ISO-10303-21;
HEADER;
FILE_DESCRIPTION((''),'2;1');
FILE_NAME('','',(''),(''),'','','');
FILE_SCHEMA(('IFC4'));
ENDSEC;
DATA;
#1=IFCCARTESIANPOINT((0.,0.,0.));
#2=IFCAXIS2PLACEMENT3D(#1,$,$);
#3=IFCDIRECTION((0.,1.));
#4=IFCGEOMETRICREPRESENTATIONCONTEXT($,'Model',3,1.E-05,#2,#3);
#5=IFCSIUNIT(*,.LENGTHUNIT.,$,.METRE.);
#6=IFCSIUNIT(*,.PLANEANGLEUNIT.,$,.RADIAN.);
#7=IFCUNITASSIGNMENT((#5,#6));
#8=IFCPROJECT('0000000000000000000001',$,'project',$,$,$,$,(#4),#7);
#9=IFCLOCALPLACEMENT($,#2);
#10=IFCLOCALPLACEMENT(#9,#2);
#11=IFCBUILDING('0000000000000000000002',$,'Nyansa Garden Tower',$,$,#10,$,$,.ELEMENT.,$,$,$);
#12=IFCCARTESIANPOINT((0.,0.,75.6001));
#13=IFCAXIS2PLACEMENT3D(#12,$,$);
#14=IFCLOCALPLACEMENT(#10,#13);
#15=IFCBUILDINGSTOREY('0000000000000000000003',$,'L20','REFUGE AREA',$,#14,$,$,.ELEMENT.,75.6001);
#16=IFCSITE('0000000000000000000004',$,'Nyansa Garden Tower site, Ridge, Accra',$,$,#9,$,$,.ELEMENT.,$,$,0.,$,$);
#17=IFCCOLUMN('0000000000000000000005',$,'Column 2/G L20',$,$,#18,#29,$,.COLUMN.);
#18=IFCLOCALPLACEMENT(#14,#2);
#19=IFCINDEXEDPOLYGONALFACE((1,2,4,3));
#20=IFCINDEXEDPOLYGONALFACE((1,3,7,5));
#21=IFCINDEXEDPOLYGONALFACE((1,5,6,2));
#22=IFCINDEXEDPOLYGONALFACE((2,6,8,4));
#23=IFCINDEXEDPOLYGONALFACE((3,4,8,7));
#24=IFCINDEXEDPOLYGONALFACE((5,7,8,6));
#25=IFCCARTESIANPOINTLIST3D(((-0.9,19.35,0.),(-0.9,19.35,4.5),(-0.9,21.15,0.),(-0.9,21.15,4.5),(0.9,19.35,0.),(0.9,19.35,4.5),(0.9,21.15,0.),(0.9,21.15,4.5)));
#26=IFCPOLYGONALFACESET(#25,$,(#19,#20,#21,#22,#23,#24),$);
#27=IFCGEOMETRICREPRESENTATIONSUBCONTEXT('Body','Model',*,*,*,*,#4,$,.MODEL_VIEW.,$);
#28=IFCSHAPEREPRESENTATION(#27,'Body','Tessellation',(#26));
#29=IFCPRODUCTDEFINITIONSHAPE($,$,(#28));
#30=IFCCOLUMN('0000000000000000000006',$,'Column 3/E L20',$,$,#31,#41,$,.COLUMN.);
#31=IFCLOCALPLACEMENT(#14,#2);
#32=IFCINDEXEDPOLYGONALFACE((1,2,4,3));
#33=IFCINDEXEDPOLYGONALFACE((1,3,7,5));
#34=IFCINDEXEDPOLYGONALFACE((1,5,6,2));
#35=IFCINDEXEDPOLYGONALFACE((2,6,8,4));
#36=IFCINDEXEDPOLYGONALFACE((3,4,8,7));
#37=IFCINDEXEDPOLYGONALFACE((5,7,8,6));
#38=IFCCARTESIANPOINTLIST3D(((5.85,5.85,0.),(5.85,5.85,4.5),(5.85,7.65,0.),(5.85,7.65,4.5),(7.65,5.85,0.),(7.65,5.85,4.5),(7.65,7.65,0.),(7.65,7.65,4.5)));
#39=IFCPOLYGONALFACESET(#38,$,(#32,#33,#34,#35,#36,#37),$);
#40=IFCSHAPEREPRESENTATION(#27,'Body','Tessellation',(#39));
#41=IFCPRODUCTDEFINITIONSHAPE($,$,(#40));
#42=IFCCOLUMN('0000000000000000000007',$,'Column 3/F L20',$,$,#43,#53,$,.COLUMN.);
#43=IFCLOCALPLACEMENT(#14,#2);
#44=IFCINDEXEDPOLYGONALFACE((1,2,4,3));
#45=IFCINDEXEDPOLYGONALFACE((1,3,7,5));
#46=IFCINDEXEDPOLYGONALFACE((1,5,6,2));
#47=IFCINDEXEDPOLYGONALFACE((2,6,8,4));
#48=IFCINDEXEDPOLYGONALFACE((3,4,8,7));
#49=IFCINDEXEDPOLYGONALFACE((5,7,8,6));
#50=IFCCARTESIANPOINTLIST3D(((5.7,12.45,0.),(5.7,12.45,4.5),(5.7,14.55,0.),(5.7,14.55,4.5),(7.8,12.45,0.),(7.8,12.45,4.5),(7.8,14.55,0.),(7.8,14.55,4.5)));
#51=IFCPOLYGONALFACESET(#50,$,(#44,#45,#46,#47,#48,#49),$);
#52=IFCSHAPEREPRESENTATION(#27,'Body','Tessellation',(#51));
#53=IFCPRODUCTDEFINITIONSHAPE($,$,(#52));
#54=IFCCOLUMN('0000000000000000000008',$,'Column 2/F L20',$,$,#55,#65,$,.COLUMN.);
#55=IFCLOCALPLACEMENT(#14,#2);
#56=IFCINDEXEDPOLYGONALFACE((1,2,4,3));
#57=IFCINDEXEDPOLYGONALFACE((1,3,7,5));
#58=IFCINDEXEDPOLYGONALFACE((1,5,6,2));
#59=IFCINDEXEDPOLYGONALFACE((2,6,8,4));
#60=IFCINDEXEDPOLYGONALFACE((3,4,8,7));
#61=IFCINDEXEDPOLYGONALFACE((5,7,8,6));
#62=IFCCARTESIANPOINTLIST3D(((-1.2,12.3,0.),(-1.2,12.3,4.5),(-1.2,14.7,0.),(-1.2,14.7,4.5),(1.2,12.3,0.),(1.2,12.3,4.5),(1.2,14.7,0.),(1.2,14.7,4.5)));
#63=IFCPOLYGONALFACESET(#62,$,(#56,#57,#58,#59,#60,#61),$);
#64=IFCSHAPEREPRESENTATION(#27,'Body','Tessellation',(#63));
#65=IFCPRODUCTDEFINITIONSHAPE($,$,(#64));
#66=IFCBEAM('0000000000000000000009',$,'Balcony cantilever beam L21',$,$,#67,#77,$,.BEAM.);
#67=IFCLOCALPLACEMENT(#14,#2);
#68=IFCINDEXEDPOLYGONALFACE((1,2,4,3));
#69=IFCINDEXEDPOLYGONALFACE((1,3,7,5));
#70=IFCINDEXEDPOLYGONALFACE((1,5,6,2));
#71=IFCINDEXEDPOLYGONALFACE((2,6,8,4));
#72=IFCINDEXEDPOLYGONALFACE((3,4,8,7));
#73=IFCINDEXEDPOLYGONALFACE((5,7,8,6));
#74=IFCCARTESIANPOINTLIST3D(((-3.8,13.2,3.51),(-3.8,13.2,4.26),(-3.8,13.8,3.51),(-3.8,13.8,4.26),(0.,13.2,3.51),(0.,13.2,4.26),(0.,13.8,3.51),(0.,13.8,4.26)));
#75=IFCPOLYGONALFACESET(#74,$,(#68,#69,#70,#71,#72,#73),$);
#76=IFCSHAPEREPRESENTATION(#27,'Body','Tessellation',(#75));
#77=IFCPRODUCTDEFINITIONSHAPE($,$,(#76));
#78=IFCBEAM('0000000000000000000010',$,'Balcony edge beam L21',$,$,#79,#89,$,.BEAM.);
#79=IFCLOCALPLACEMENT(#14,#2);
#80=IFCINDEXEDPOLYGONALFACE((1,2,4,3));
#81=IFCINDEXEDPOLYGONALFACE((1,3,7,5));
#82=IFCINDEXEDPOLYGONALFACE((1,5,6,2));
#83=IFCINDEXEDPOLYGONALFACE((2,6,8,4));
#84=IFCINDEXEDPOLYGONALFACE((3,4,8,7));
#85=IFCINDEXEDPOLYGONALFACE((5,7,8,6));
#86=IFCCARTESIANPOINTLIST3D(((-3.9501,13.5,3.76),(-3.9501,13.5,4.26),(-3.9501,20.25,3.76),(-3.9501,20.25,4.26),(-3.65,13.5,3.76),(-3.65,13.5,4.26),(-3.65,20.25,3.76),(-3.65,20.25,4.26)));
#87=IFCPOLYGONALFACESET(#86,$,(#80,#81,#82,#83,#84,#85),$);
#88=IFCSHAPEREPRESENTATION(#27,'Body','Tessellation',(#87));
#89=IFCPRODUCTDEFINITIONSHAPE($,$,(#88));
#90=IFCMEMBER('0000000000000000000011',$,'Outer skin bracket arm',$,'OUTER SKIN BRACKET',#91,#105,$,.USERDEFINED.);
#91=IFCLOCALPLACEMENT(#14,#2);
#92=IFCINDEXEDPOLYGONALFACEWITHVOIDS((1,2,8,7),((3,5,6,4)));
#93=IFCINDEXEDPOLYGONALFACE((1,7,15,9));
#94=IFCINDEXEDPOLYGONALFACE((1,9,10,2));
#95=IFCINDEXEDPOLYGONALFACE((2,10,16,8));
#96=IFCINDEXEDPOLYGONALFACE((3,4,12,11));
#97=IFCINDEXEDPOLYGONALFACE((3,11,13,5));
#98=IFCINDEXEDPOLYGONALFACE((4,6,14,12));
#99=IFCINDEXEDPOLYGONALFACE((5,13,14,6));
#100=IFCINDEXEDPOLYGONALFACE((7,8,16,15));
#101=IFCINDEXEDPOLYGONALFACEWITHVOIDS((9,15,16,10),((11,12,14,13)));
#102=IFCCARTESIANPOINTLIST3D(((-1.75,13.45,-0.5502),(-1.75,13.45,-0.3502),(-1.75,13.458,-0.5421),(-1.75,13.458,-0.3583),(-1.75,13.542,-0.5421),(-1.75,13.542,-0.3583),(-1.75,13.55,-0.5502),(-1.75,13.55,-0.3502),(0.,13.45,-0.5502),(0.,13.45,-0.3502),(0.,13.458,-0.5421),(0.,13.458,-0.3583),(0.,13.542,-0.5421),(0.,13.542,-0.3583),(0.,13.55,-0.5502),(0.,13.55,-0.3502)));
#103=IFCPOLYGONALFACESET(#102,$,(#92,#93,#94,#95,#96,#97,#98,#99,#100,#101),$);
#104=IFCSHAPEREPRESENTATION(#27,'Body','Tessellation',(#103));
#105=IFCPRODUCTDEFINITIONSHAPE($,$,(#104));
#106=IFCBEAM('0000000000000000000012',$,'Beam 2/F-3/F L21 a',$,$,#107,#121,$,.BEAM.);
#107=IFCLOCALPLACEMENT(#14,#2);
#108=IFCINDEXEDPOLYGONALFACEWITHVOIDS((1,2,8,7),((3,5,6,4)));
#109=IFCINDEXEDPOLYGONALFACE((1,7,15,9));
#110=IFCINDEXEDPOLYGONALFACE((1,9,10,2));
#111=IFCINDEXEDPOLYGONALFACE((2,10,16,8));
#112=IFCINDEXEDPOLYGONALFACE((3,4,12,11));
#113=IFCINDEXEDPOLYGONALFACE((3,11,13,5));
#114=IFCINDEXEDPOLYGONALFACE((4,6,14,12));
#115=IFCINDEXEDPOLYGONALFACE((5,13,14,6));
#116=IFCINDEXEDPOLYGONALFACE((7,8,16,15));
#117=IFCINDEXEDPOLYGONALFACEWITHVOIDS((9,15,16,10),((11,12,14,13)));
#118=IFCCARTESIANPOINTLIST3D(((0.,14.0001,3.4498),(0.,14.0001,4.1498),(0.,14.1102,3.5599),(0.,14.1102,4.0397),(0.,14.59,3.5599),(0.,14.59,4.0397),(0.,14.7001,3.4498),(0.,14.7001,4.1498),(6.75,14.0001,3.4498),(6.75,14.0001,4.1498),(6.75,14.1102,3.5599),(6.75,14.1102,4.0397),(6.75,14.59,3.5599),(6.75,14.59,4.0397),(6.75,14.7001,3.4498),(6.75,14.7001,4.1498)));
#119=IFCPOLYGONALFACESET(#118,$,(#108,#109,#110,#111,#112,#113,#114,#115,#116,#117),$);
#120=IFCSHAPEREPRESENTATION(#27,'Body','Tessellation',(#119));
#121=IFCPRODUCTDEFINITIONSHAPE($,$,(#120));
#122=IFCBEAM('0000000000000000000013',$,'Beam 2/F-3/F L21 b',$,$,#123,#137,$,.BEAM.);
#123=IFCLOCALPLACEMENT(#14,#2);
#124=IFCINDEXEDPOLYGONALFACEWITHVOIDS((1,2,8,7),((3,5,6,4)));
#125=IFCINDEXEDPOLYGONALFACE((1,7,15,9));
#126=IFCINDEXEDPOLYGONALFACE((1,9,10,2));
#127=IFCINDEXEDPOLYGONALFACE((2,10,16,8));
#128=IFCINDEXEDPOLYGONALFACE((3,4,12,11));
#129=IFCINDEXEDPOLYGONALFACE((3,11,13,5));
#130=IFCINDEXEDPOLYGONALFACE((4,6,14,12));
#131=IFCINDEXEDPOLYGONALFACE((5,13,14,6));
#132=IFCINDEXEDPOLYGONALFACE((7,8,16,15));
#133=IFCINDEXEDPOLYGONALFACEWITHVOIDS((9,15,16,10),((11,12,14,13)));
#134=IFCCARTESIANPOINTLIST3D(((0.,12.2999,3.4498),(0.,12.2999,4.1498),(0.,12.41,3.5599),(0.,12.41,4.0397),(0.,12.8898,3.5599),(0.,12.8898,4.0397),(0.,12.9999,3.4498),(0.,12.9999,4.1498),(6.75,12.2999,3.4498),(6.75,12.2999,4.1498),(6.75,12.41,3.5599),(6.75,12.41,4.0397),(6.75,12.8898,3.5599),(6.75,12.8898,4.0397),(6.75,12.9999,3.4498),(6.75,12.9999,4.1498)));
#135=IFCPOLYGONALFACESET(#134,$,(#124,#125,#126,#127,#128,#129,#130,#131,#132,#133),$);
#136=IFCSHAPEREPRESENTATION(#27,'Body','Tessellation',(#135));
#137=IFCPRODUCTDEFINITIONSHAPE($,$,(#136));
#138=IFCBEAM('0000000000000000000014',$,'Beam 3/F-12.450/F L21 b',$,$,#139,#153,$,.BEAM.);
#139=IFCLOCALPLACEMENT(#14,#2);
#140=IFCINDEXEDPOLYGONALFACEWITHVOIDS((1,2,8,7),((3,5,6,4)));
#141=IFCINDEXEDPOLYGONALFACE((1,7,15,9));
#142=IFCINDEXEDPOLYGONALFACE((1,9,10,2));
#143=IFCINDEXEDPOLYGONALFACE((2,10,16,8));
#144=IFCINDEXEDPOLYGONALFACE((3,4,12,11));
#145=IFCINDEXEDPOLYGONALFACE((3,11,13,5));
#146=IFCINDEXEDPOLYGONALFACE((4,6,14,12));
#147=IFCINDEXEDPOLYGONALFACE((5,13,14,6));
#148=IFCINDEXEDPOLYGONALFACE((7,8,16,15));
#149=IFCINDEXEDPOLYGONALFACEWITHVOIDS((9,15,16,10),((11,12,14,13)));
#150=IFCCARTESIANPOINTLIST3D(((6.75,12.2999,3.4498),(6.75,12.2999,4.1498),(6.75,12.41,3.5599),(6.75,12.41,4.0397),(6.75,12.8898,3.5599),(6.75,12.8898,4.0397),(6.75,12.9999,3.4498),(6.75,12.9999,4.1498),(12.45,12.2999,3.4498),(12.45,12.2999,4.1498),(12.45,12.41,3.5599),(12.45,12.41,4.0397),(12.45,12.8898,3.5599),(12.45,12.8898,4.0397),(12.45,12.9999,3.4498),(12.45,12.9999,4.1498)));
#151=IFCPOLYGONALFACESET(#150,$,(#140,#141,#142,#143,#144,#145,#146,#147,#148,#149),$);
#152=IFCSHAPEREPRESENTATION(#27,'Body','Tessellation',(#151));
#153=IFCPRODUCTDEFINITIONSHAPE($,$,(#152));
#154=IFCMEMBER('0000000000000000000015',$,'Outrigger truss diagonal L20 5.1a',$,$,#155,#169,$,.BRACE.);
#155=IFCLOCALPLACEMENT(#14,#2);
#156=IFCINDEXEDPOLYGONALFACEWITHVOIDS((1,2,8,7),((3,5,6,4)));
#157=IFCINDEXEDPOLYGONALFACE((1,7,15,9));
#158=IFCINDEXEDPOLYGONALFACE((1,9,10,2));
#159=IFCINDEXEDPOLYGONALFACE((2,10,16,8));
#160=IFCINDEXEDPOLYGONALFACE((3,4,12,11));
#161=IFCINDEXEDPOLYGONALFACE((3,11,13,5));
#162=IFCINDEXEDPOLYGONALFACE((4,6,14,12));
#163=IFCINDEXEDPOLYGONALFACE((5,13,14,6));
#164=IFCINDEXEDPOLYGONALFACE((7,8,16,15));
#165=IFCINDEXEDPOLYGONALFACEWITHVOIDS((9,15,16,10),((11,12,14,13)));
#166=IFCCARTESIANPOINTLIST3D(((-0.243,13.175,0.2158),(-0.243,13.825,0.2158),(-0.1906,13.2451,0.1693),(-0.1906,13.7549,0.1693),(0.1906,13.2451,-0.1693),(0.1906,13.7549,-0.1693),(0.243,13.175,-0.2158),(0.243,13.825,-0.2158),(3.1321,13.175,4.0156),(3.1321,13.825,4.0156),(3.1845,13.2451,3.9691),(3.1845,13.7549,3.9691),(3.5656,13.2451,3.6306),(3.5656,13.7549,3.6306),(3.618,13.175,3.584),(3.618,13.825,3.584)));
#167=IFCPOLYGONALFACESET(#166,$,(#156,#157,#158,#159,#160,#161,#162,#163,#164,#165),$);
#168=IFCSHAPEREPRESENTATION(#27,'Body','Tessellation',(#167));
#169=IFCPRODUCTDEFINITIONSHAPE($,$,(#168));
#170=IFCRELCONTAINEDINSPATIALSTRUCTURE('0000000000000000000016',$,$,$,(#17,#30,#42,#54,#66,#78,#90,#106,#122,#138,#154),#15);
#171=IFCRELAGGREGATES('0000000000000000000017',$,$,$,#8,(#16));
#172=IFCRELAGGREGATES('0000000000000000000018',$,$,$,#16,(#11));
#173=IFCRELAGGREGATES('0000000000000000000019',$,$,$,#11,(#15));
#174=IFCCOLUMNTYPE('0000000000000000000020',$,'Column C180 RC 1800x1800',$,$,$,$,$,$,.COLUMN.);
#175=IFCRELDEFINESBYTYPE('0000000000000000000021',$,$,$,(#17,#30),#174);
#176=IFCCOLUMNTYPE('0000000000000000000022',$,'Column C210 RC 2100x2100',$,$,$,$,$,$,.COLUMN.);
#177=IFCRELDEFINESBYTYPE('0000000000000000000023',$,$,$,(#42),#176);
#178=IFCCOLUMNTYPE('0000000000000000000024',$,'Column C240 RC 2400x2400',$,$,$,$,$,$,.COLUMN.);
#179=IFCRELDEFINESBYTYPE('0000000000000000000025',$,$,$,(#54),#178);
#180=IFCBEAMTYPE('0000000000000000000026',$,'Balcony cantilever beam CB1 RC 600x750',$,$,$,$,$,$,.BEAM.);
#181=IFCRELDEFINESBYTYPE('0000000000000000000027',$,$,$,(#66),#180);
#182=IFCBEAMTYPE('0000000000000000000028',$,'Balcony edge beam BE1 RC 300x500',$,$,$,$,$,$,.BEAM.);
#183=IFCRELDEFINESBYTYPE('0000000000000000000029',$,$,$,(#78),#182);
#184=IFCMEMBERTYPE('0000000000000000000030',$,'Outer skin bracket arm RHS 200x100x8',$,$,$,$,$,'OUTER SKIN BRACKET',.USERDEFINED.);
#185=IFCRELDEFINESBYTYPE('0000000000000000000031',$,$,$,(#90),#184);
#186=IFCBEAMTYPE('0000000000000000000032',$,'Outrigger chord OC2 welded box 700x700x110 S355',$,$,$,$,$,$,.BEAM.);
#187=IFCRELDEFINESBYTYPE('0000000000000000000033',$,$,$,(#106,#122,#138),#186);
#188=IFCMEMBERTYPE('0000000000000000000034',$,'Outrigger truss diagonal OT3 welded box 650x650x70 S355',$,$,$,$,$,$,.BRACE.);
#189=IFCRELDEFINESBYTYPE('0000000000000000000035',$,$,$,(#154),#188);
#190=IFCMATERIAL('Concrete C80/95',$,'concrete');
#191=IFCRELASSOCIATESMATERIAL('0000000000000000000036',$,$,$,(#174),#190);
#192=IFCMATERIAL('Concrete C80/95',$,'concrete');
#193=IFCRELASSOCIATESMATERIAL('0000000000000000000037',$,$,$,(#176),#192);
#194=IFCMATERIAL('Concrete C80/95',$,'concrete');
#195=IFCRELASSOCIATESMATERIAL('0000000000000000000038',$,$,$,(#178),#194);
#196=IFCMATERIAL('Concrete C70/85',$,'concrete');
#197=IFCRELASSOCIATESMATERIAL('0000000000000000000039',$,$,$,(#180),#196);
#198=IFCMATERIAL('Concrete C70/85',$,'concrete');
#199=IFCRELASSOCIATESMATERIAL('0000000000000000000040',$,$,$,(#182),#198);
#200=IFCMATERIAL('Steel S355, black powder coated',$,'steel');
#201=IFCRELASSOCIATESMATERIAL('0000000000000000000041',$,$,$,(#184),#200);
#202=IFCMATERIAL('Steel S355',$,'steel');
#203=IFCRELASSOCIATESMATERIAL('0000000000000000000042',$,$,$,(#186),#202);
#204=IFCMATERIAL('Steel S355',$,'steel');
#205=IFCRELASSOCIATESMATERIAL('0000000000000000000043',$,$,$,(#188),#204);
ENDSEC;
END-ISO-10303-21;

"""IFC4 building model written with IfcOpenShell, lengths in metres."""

from ifc_helpers import new_model, si_unit, direction, frame, origin, origin_2d, place, context, subcontext, project, spatial, rectangle, hollow_rectangle, extrude, material, material_profile, profile_set, type_object, element, save


model = new_model("IFC4")

# Units and contexts
model_context = context("Model", 3, precision=1e-05, world=origin(), true_north=direction((0.0, 1.0)))
body_context = subcontext(model_context, "Body", "Model", "MODEL_VIEW")
ifc_project = project(units=[si_unit("LENGTHUNIT", "METRE"), si_unit("PLANEANGLEUNIT", "RADIAN")], contexts=[model_context])

# Site, building, storey
site_placement = place(None, origin())
site = spatial("IfcSite", under=ifc_project, at=site_placement, Name="Nyansa Garden Tower site, Ridge, Accra", CompositionType="ELEMENT", RefElevation=0.0)
building_placement = place(site_placement, origin())
building = spatial("IfcBuilding", under=site, at=building_placement, Name="Nyansa Garden Tower", CompositionType="ELEMENT")
storey_placement = place(building_placement, frame((0.0, 0.0, 75.6001)))
storey = spatial("IfcBuildingStorey", under=building, at=storey_placement, Name="L20", Description="REFUGE AREA", CompositionType="ELEMENT", Elevation=75.6001)

# Columns
ifc_material_1 = material(Name="Concrete C80/95", Category="concrete")
ifc_material_profile_1 = material_profile(ifc_material_1, rectangle(XDim=1.8, YDim=1.8, at=origin_2d()), Name="RC 1800x1800")
ifc_profile_set_1 = profile_set([ifc_material_profile_1], Name="Concrete C80/95")
column_type_1 = type_object("IfcColumnType", Name="Column C180 RC 1800x1800", PredefinedType="COLUMN", material=ifc_profile_set_1)
for number, where, z_axis, x_axis, name in (
    (1, (0.0, 20.25, 0.0), (0.0, 0.0, 1.0), (1.0, 0.0, 0.0), "Column 2/G L20"),
    (2, (6.75, 6.75, 0.0), (0.0, 0.0, 1.0), (1.0, 0.0, 0.0), "Column 3/E L20"),
):
    element("IfcColumn", number, at=place(storey_placement, frame(where, z_axis=z_axis, x_axis=x_axis)), inside=storey, type_object=column_type_1, Name=name, PredefinedType="COLUMN", context=body_context, shape_type="SweptSolid", body=[
        extrude(rectangle(XDim=1.8, YDim=1.8, at=origin_2d()), origin(), (0.0, 0.0, 1.0), 4.5),
    ])
ifc_material_2 = material(Name="Concrete C80/95", Category="concrete")
ifc_material_profile_2 = material_profile(ifc_material_2, rectangle(XDim=2.1001, YDim=2.1001, at=origin_2d()), Name="RC 2100x2100")
ifc_profile_set_2 = profile_set([ifc_material_profile_2], Name="Concrete C80/95")
column_type_2 = type_object("IfcColumnType", Name="Column C210 RC 2100x2100", PredefinedType="COLUMN", material=ifc_profile_set_2)
column_1_placement = place(storey_placement, frame((6.75, 13.5, 0.0), z_axis=(0.0, 0.0, 1.0), x_axis=(1.0, 0.0, 0.0)))
element("IfcColumn", 3, at=column_1_placement, inside=storey, type_object=column_type_2, Name="Column 3/F L20", PredefinedType="COLUMN", context=body_context, shape_type="SweptSolid", body=[
    extrude(rectangle(XDim=2.1001, YDim=2.1001, at=origin_2d()), origin(), (0.0, 0.0, 1.0), 4.5),
])
ifc_material_3 = material(Name="Concrete C80/95", Category="concrete")
ifc_material_profile_3 = material_profile(ifc_material_3, rectangle(XDim=2.3999, YDim=2.3999, at=origin_2d()), Name="RC 2400x2400")
ifc_profile_set_3 = profile_set([ifc_material_profile_3], Name="Concrete C80/95")
column_type_3 = type_object("IfcColumnType", Name="Column C240 RC 2400x2400", PredefinedType="COLUMN", material=ifc_profile_set_3)
column_2_placement = place(storey_placement, frame((0.0, 13.5, 0.0), z_axis=(0.0, 0.0, 1.0), x_axis=(1.0, 0.0, 0.0)))
element("IfcColumn", 4, at=column_2_placement, inside=storey, type_object=column_type_3, Name="Column 2/F L20", PredefinedType="COLUMN", context=body_context, shape_type="SweptSolid", body=[
    extrude(rectangle(XDim=2.3999, YDim=2.3999, at=origin_2d()), origin(), (0.0, 0.0, 1.0), 4.5),
])

# Beams
ifc_material_4 = material(Name="Concrete C70/85", Category="concrete")
ifc_material_profile_4 = material_profile(ifc_material_4, rectangle(XDim=0.6001, YDim=0.75, at=origin_2d()), Name="RC 600x750")
ifc_profile_set_4 = profile_set([ifc_material_profile_4], Name="Concrete C70/85")
beam_type_1 = type_object("IfcBeamType", Name="Balcony cantilever beam CB1 RC 600x750", PredefinedType="BEAM", material=ifc_profile_set_4)
beam_1_placement = place(storey_placement, frame((0.0, 13.5, 3.885), z_axis=(-1.0, 0.0, 0.0), x_axis=(0.0, -1.0, 0.0)))
element("IfcBeam", 5, at=beam_1_placement, inside=storey, type_object=beam_type_1, Name="Balcony cantilever beam L21", PredefinedType="BEAM", context=body_context, shape_type="SweptSolid", body=[
    extrude(rectangle(XDim=0.6001, YDim=0.75, at=origin_2d()), origin(), (0.0, 0.0, 1.0), 3.8),
])
ifc_material_5 = material(Name="Concrete C70/85", Category="concrete")
ifc_material_profile_5 = material_profile(ifc_material_5, rectangle(XDim=0.3, YDim=0.5, at=origin_2d()), Name="RC 300x500")
ifc_profile_set_5 = profile_set([ifc_material_profile_5], Name="Concrete C70/85")
beam_type_2 = type_object("IfcBeamType", Name="Balcony edge beam BE1 RC 300x500", PredefinedType="BEAM", material=ifc_profile_set_5)
beam_2_placement = place(storey_placement, frame((-3.8, 13.5, 4.01), z_axis=(0.0, 1.0, 0.0), x_axis=(-1.0, 0.0, 0.0)))
element("IfcBeam", 6, at=beam_2_placement, inside=storey, type_object=beam_type_2, Name="Balcony edge beam L21", PredefinedType="BEAM", context=body_context, shape_type="SweptSolid", body=[
    extrude(rectangle(XDim=0.3, YDim=0.5, at=origin_2d()), origin(), (0.0, 0.0, 1.0), 6.75),
])

# Member
ifc_material_6 = material(Name="Steel S355, black powder coated", Category="steel")
ifc_material_profile_6 = material_profile(ifc_material_6, hollow_rectangle(XDim=0.1001, YDim=0.2, WallThickness=0.0081, at=origin_2d()), Name="RHS 200x100x8")
ifc_profile_set_6 = profile_set([ifc_material_profile_6], Name="Steel S355, black powder coated")
member_type_1 = type_object("IfcMemberType", Name="Outer skin bracket arm RHS 200x100x8", ElementType="OUTER SKIN BRACKET", PredefinedType="USERDEFINED", material=ifc_profile_set_6)
member_1_placement = place(storey_placement, frame((0.0, 13.5, -0.4502), z_axis=(-1.0, 0.0, 0.0), x_axis=(0.0, -1.0, 0.0)))
element("IfcMember", 7, at=member_1_placement, inside=storey, type_object=member_type_1, Name="Outer skin bracket arm", ObjectType="OUTER SKIN BRACKET", PredefinedType="USERDEFINED", context=body_context, shape_type="SweptSolid", body=[
    extrude(hollow_rectangle(XDim=0.1001, YDim=0.2, WallThickness=0.0081, at=origin_2d()), origin(), (0.0, 0.0, 1.0), 1.75),
])

# Beams
ifc_material_7 = material(Name="Steel S355", Category="steel")
ifc_material_profile_7 = material_profile(ifc_material_7, hollow_rectangle(XDim=0.7, YDim=0.7, WallThickness=0.1101, at=origin_2d()), Name="Welded box 700x700x110")
ifc_profile_set_7 = profile_set([ifc_material_profile_7], Name="Steel S355")
beam_type_3 = type_object("IfcBeamType", Name="Outrigger chord OC2 welded box 700x700x110 S355", PredefinedType="BEAM", material=ifc_profile_set_7)
for number, where, z_axis, x_axis, name in (
    (8, (0.0, 14.3501, 3.7998), (1.0, 0.0, 0.0), (0.0, 1.0, 0.0), "Beam 2/F-3/F L21 a"),
    (9, (0.0, 12.6499, 3.7998), (1.0, 0.0, 0.0), (0.0, 1.0, 0.0), "Beam 2/F-3/F L21 b"),
):
    element("IfcBeam", number, at=place(storey_placement, frame(where, z_axis=z_axis, x_axis=x_axis)), inside=storey, type_object=beam_type_3, Name=name, PredefinedType="BEAM", context=body_context, shape_type="SweptSolid", body=[
        extrude(hollow_rectangle(XDim=0.7, YDim=0.7, WallThickness=0.1101, at=origin_2d()), origin(), (0.0, 0.0, 1.0), 6.75),
    ])
beam_3_placement = place(storey_placement, frame((6.75, 12.6499, 3.7998), z_axis=(1.0, 0.0, 0.0), x_axis=(0.0, 1.0, 0.0)))
element("IfcBeam", 10, at=beam_3_placement, inside=storey, type_object=beam_type_3, Name="Beam 3/F-12.450/F L21 b", PredefinedType="BEAM", context=body_context, shape_type="SweptSolid", body=[
    extrude(hollow_rectangle(XDim=0.7, YDim=0.7, WallThickness=0.1101, at=origin_2d()), origin(), (0.0, 0.0, 1.0), 5.7),
])

# Member
ifc_material_8 = material(Name="Steel S355", Category="steel")
ifc_material_profile_8 = material_profile(ifc_material_8, hollow_rectangle(XDim=0.6499, YDim=0.6499, WallThickness=0.0701, at=origin_2d()), Name="Welded box 650x650x70")
ifc_profile_set_8 = profile_set([ifc_material_profile_8], Name="Steel S355")
member_type_2 = type_object("IfcMemberType", Name="Outrigger truss diagonal OT3 welded box 650x650x70 S355", PredefinedType="BRACE", material=ifc_profile_set_8)
member_2_placement = place(storey_placement, frame((0.0, 13.5, 0.0), z_axis=(0.664078, 0.0, 0.747664), x_axis=(0.0, 1.0, 0.0)))
element("IfcMember", 11, at=member_2_placement, inside=storey, type_object=member_type_2, Name="Outrigger truss diagonal L20 5.1a", PredefinedType="BRACE", context=body_context, shape_type="SweptSolid", body=[
    extrude(hollow_rectangle(XDim=0.6499, YDim=0.6499, WallThickness=0.0701, at=origin_2d()), origin(), (0.0, 0.0, 1.0), 5.0823),
])

save(model, "model.ifc")
